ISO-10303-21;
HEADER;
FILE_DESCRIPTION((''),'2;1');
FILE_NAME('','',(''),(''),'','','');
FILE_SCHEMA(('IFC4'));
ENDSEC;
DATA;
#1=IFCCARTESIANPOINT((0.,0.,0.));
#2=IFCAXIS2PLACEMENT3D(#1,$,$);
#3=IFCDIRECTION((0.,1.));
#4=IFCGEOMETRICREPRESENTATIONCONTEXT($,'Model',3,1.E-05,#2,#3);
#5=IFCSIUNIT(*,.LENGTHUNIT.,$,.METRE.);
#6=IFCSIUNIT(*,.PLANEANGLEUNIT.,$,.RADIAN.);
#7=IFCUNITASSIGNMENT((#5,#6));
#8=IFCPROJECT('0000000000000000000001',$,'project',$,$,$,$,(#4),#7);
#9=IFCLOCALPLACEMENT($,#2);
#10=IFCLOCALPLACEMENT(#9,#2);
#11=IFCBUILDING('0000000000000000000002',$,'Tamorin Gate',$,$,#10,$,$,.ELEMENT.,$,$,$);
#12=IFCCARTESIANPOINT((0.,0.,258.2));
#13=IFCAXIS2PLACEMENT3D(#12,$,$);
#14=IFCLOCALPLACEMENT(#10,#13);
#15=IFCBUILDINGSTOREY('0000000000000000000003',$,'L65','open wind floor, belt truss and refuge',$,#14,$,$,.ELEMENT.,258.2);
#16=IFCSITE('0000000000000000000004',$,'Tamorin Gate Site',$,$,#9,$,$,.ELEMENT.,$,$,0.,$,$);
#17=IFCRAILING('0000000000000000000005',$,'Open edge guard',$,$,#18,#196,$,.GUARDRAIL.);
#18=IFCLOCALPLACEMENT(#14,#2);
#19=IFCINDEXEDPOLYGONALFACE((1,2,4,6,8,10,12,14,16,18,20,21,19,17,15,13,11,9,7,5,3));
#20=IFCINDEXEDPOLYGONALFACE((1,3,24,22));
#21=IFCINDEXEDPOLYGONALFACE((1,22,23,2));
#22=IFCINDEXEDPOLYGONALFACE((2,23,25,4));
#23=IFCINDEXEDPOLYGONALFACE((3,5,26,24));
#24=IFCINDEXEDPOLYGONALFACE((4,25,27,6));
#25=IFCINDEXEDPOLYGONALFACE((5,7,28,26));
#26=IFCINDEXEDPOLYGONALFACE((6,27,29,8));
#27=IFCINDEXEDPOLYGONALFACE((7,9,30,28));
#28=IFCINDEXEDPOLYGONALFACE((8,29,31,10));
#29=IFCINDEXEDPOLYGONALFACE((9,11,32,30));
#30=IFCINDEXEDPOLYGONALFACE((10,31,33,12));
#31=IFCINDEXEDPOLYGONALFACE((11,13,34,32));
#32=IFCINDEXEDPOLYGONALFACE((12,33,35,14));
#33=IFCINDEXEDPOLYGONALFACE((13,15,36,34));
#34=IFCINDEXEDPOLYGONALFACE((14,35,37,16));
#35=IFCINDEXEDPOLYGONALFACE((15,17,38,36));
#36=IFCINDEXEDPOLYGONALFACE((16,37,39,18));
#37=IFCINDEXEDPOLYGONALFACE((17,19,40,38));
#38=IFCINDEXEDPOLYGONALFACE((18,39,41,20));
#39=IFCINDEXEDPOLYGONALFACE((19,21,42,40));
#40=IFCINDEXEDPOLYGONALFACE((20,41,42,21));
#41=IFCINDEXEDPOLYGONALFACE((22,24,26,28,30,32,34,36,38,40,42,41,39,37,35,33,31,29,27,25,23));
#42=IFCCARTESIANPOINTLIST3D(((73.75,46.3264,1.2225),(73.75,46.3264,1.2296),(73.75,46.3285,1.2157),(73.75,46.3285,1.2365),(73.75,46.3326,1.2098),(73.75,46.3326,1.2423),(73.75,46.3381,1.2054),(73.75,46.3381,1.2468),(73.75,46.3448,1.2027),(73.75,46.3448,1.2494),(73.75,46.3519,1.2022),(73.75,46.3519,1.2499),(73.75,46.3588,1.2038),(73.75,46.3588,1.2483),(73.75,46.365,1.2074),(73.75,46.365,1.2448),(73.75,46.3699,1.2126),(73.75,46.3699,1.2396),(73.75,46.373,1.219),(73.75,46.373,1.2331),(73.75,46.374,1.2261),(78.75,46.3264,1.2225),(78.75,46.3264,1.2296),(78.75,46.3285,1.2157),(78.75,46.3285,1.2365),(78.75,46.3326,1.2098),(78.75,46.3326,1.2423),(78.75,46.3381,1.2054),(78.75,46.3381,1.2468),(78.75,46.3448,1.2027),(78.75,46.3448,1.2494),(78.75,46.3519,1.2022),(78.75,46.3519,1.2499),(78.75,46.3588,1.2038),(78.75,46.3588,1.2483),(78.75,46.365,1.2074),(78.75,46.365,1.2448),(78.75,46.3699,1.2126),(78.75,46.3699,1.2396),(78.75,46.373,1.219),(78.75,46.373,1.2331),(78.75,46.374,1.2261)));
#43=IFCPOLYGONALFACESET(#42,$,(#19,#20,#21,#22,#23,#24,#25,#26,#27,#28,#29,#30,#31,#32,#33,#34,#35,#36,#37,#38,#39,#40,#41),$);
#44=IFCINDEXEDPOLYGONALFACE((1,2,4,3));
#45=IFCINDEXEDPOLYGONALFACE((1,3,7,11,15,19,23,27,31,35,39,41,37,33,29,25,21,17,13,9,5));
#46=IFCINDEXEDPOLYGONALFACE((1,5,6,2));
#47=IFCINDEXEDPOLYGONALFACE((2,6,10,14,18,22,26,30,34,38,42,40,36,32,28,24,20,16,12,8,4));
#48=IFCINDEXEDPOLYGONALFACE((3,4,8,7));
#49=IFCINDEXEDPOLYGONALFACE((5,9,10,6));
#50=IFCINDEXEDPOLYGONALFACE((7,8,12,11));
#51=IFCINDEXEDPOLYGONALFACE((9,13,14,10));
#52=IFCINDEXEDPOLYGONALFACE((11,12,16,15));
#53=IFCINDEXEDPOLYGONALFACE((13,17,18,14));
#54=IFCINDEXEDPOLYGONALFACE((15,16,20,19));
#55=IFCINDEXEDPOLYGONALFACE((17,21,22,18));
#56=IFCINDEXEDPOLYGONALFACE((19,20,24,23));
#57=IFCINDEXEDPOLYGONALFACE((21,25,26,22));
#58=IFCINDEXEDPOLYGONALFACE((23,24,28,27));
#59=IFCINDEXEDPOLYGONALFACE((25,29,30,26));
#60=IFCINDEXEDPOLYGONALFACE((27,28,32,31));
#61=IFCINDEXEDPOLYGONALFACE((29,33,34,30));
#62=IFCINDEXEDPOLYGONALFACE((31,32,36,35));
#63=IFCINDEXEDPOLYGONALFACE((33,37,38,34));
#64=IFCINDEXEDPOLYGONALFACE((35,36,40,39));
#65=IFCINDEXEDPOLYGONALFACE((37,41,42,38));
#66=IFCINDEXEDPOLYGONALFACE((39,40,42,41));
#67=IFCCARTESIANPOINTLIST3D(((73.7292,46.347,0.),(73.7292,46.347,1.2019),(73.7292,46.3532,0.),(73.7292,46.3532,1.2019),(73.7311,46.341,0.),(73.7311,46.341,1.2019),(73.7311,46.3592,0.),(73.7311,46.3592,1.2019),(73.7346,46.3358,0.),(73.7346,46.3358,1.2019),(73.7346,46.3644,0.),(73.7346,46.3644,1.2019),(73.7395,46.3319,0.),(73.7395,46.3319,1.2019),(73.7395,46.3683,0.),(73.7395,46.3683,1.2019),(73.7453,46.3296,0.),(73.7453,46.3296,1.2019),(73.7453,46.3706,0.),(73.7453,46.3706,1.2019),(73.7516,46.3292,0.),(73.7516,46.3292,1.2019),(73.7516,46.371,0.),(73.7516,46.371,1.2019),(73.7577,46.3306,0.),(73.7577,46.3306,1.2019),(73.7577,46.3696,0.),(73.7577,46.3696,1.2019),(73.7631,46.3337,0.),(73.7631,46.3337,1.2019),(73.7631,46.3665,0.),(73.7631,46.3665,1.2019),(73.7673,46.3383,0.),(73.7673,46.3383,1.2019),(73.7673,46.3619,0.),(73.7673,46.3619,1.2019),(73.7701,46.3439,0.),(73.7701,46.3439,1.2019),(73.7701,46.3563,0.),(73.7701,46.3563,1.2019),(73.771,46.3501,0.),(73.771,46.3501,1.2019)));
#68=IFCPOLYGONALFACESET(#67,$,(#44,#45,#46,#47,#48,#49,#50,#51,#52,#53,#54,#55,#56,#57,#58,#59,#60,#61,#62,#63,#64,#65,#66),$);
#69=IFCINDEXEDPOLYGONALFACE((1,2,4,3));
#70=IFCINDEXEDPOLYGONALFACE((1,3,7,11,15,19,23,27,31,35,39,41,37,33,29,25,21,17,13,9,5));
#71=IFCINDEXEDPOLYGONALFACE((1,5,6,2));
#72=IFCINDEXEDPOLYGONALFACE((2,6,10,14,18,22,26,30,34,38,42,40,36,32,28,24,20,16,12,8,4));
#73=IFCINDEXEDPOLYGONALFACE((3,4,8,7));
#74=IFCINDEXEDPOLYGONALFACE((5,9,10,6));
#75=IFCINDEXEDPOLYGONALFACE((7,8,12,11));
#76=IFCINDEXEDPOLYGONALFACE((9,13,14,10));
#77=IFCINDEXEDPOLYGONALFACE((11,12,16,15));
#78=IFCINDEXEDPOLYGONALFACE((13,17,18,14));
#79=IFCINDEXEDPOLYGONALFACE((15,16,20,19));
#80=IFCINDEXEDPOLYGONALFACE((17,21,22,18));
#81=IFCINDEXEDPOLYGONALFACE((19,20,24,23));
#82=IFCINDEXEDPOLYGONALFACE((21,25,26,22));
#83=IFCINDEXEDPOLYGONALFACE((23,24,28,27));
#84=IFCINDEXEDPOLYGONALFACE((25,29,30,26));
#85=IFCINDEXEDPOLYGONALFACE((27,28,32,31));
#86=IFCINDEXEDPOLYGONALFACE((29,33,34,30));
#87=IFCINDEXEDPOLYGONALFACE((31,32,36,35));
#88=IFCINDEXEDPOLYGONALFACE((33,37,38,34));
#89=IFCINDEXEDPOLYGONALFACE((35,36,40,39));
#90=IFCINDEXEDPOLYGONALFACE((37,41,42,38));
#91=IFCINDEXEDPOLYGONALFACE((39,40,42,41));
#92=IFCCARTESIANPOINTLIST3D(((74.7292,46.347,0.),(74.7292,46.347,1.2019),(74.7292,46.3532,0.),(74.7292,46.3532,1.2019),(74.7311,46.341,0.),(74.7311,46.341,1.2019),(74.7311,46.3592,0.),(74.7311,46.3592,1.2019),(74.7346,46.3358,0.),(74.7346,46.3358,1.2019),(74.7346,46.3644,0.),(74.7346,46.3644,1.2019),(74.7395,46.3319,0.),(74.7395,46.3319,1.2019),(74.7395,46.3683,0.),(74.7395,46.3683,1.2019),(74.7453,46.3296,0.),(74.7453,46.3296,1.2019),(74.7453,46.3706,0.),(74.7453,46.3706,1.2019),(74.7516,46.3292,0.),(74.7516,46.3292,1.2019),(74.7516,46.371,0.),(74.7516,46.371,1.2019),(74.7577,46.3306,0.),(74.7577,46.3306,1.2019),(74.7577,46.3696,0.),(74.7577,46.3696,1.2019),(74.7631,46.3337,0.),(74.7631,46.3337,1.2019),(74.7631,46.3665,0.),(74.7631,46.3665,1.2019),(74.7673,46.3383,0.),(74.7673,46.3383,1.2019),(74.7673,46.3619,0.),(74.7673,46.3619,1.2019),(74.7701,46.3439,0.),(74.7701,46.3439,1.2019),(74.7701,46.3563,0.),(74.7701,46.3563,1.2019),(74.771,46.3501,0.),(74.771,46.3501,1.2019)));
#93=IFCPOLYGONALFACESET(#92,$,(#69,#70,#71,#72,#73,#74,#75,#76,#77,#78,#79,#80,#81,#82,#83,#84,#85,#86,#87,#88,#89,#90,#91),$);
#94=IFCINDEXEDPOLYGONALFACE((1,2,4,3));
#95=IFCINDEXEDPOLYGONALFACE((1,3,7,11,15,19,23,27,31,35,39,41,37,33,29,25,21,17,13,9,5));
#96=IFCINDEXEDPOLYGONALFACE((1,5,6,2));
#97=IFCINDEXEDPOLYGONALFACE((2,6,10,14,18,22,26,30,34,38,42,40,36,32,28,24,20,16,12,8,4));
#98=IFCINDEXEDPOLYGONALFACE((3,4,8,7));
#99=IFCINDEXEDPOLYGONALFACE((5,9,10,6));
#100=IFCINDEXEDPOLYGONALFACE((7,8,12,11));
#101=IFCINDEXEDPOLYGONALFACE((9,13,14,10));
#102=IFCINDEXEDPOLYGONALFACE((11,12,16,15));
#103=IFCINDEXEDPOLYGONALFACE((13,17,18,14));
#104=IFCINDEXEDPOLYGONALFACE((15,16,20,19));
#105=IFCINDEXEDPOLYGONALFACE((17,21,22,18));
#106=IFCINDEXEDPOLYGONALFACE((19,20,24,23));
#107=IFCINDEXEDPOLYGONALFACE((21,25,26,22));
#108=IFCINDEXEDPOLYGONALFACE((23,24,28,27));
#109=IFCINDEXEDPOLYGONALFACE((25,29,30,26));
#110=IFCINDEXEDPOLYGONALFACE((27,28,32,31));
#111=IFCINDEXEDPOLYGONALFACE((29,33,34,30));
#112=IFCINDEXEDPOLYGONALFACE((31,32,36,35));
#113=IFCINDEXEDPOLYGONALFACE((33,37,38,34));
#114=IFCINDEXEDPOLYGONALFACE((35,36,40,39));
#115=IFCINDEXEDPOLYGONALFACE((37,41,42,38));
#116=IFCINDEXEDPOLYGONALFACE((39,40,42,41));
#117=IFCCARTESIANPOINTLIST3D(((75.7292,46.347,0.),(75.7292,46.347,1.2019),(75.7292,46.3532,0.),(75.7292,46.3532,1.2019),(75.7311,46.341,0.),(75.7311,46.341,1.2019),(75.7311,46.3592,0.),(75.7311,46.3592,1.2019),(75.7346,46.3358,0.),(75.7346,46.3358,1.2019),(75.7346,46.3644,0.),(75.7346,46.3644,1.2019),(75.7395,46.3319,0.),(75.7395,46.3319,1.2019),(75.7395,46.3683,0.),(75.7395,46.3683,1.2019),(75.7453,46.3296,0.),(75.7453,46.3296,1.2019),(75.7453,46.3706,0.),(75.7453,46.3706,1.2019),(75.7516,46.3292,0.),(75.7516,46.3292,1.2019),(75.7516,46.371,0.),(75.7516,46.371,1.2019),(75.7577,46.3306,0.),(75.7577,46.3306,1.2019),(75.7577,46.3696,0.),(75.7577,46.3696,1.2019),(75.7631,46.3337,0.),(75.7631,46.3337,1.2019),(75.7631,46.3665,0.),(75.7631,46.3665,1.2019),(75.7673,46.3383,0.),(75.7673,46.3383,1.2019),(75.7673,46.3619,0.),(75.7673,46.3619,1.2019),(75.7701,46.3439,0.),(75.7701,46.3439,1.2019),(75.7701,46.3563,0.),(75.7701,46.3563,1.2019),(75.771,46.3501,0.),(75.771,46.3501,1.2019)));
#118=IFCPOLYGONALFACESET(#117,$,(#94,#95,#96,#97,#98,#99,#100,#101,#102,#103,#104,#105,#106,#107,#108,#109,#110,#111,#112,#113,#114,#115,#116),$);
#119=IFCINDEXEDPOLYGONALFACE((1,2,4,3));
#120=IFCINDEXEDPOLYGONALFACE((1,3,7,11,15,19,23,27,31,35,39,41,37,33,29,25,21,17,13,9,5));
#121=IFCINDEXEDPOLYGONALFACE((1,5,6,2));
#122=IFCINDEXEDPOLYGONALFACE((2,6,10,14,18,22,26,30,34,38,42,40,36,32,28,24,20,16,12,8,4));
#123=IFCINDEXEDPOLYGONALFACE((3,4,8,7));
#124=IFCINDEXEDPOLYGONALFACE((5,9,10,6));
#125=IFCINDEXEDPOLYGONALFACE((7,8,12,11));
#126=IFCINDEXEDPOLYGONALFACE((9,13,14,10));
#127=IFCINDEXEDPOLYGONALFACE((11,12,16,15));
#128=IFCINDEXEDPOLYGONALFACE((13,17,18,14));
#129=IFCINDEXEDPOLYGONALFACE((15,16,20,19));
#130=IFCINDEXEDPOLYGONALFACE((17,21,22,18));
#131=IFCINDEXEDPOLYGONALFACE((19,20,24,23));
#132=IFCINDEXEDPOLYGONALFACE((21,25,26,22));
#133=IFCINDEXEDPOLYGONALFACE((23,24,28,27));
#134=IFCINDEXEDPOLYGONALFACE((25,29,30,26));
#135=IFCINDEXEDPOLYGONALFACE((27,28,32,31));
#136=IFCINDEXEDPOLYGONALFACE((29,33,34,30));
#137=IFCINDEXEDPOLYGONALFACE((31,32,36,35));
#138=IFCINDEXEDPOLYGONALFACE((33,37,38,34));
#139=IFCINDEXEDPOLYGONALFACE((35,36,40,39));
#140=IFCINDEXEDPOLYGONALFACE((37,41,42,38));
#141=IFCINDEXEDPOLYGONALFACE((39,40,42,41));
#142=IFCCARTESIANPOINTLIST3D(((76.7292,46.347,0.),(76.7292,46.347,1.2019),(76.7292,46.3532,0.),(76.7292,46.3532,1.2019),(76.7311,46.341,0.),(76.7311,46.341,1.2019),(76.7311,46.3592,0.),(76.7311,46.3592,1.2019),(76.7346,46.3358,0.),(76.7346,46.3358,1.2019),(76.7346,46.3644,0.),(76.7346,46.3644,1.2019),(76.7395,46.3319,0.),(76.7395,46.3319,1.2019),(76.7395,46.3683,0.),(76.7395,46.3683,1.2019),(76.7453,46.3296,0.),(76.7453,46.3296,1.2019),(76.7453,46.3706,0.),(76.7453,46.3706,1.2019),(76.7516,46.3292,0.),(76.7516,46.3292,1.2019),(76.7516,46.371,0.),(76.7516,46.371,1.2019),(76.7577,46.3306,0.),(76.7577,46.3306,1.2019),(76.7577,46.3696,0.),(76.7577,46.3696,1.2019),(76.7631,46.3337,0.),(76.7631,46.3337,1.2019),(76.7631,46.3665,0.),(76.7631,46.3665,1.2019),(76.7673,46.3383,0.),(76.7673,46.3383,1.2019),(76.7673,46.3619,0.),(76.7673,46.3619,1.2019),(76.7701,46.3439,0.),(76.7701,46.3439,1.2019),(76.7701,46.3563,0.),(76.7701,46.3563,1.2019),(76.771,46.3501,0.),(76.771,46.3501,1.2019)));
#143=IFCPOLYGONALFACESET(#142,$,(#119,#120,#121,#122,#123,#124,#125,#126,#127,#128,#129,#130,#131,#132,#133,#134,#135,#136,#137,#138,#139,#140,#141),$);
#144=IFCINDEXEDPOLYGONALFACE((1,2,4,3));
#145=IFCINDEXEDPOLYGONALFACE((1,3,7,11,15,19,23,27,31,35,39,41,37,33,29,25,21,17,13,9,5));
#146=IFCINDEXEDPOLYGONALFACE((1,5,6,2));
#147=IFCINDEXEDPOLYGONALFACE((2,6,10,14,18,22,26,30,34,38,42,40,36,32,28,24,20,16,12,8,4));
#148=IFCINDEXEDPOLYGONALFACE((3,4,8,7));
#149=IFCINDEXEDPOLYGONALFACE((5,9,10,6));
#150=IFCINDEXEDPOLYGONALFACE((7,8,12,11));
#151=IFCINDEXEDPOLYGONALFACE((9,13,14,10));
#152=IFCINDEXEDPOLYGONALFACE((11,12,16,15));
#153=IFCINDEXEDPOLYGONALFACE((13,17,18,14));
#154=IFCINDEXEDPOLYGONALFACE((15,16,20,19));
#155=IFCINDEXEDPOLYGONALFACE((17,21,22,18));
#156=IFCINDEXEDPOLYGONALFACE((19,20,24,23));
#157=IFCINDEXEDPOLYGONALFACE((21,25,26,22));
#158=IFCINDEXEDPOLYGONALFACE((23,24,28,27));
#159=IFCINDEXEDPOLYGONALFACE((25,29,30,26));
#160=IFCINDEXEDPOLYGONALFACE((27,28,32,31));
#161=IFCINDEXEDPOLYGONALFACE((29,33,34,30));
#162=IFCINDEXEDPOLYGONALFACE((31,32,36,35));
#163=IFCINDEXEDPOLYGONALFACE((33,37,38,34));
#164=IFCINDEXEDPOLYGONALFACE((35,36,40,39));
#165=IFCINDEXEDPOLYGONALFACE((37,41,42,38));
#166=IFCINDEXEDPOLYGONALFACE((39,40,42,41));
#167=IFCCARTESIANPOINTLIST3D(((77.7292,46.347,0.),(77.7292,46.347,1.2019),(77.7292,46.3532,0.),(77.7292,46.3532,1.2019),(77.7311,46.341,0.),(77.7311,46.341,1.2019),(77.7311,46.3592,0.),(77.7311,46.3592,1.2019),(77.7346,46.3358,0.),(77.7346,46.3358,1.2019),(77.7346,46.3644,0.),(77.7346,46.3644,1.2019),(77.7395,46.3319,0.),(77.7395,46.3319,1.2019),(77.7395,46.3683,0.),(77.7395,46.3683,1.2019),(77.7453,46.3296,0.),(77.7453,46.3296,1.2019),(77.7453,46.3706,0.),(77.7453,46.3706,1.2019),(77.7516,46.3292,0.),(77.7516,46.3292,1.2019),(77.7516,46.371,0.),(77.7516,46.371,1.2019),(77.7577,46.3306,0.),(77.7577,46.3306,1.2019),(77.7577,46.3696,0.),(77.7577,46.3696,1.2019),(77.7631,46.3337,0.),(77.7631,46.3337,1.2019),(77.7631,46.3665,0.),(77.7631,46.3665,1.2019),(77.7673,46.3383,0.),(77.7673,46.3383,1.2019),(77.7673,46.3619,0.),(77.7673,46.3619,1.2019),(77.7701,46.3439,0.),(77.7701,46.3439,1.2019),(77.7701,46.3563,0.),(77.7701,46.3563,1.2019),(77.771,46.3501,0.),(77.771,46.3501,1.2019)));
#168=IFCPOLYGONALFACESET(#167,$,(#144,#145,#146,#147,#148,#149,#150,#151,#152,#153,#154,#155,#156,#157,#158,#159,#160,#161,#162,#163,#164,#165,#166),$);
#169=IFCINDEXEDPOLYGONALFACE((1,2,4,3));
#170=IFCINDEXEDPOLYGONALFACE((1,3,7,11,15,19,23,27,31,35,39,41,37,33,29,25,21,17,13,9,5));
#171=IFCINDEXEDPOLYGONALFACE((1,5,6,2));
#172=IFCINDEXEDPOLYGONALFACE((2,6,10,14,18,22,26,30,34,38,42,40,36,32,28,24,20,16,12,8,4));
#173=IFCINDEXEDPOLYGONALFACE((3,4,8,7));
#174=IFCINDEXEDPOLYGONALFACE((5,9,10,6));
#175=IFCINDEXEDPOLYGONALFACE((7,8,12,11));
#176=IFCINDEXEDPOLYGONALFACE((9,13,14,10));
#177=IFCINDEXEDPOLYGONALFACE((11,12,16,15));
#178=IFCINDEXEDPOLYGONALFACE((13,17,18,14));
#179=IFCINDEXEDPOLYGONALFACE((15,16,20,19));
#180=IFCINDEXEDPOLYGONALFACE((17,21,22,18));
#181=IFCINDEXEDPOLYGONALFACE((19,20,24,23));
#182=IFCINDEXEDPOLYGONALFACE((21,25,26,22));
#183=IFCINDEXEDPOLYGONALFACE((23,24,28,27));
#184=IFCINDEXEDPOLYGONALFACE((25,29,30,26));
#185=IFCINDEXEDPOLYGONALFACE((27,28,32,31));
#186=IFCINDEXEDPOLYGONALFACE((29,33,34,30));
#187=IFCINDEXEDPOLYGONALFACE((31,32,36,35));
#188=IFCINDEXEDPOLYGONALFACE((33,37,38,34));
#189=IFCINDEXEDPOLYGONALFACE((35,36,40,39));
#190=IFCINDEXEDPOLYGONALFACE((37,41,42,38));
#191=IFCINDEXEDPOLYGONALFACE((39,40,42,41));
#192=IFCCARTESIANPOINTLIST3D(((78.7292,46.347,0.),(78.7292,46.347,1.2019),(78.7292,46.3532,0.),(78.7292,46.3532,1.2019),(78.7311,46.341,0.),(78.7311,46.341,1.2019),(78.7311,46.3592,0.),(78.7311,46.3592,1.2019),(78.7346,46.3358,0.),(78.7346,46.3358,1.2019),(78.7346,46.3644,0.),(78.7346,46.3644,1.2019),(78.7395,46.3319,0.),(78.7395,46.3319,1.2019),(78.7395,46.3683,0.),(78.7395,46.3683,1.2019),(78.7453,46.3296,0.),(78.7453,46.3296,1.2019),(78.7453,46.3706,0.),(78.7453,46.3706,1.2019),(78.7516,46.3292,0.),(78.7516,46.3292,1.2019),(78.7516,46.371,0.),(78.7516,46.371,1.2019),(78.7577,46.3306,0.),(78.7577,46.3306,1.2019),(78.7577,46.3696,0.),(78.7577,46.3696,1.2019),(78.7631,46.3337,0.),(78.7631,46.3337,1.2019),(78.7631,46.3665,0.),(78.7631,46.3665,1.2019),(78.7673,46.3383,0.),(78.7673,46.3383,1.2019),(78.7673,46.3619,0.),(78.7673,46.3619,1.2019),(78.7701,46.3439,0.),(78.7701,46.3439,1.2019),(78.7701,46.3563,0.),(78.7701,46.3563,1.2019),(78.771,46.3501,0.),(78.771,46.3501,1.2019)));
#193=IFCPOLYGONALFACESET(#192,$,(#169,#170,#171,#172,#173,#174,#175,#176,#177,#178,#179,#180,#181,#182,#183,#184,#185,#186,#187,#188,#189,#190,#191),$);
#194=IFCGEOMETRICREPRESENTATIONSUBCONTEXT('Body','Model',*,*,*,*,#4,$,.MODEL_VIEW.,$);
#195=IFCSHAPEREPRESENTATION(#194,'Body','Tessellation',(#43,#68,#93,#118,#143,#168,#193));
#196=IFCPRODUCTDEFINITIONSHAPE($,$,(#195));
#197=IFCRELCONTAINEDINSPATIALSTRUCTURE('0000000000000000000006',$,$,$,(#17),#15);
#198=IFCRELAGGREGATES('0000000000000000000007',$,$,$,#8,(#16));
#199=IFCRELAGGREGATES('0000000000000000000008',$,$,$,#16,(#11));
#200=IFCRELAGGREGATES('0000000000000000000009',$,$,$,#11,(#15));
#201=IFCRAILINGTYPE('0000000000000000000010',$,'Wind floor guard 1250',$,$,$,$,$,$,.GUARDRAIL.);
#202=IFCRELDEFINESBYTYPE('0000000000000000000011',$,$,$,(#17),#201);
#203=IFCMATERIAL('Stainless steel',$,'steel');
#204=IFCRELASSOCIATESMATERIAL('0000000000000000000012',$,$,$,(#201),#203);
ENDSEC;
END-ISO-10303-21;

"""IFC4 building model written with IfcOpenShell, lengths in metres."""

from ifc_helpers import new_model, si_unit, direction, frame, origin, origin_2d, place, context, subcontext, project, spatial, circle, extrude, material, type_object, element, save


model = new_model("IFC4")

# Units and contexts
model_context = context("Model", 3, precision=1e-05, world=origin(), true_north=direction((0.0, 1.0)))
body_context = subcontext(model_context, "Body", "Model", "MODEL_VIEW")
ifc_project = project(units=[si_unit("LENGTHUNIT", "METRE"), si_unit("PLANEANGLEUNIT", "RADIAN")], contexts=[model_context])

# Site, building, storey
site_placement = place(None, origin())
site = spatial("IfcSite", under=ifc_project, at=site_placement, Name="Tamorin Gate Site", CompositionType="ELEMENT", RefElevation=0.0)
building_placement = place(site_placement, origin())
building = spatial("IfcBuilding", under=site, at=building_placement, Name="Tamorin Gate", CompositionType="ELEMENT")
storey_placement = place(building_placement, frame((0.0, 0.0, 258.2)))
storey = spatial("IfcBuildingStorey", under=building, at=storey_placement, Name="L65", Description="open wind floor, belt truss and refuge", CompositionType="ELEMENT", Elevation=258.2)

# Railing
ifc_material_1 = material(Name="Stainless steel", Category="steel")
railing_type = type_object("IfcRailingType", Name="Wind floor guard 1250", PredefinedType="GUARDRAIL", material=ifc_material_1)
railing_1_placement = place(storey_placement, frame((73.75, 46.3501, 0.0)))
element("IfcRailing", 1, at=railing_1_placement, inside=storey, type_object=railing_type, Name="Open edge guard", PredefinedType="GUARDRAIL", context=body_context, shape_type="SweptSolid", body=[
    extrude(circle(Radius=0.0239, at=origin_2d()), frame((0.0, 0.0, 1.2261), z_axis=(1.0, 0.0, 0.0), x_axis=(0.0, 1.0, 0.0)), (0.0, 0.0, 1.0), 5.0),
    extrude(circle(Radius=0.021, at=origin_2d()), origin(), (0.0, 0.0, 1.0), 1.2019),
    extrude(circle(Radius=0.021, at=origin_2d()), frame((1.0, 0.0, 0.0)), (0.0, 0.0, 1.0), 1.2019),
    extrude(circle(Radius=0.021, at=origin_2d()), frame((2.0, 0.0, 0.0)), (0.0, 0.0, 1.0), 1.2019),
    extrude(circle(Radius=0.021, at=origin_2d()), frame((3.0, 0.0, 0.0)), (0.0, 0.0, 1.0), 1.2019),
    extrude(circle(Radius=0.021, at=origin_2d()), frame((4.0, 0.0, 0.0)), (0.0, 0.0, 1.0), 1.2019),
    extrude(circle(Radius=0.021, at=origin_2d()), frame((5.0, 0.0, 0.0)), (0.0, 0.0, 1.0), 1.2019),
])

save(model, "model.ifc")
